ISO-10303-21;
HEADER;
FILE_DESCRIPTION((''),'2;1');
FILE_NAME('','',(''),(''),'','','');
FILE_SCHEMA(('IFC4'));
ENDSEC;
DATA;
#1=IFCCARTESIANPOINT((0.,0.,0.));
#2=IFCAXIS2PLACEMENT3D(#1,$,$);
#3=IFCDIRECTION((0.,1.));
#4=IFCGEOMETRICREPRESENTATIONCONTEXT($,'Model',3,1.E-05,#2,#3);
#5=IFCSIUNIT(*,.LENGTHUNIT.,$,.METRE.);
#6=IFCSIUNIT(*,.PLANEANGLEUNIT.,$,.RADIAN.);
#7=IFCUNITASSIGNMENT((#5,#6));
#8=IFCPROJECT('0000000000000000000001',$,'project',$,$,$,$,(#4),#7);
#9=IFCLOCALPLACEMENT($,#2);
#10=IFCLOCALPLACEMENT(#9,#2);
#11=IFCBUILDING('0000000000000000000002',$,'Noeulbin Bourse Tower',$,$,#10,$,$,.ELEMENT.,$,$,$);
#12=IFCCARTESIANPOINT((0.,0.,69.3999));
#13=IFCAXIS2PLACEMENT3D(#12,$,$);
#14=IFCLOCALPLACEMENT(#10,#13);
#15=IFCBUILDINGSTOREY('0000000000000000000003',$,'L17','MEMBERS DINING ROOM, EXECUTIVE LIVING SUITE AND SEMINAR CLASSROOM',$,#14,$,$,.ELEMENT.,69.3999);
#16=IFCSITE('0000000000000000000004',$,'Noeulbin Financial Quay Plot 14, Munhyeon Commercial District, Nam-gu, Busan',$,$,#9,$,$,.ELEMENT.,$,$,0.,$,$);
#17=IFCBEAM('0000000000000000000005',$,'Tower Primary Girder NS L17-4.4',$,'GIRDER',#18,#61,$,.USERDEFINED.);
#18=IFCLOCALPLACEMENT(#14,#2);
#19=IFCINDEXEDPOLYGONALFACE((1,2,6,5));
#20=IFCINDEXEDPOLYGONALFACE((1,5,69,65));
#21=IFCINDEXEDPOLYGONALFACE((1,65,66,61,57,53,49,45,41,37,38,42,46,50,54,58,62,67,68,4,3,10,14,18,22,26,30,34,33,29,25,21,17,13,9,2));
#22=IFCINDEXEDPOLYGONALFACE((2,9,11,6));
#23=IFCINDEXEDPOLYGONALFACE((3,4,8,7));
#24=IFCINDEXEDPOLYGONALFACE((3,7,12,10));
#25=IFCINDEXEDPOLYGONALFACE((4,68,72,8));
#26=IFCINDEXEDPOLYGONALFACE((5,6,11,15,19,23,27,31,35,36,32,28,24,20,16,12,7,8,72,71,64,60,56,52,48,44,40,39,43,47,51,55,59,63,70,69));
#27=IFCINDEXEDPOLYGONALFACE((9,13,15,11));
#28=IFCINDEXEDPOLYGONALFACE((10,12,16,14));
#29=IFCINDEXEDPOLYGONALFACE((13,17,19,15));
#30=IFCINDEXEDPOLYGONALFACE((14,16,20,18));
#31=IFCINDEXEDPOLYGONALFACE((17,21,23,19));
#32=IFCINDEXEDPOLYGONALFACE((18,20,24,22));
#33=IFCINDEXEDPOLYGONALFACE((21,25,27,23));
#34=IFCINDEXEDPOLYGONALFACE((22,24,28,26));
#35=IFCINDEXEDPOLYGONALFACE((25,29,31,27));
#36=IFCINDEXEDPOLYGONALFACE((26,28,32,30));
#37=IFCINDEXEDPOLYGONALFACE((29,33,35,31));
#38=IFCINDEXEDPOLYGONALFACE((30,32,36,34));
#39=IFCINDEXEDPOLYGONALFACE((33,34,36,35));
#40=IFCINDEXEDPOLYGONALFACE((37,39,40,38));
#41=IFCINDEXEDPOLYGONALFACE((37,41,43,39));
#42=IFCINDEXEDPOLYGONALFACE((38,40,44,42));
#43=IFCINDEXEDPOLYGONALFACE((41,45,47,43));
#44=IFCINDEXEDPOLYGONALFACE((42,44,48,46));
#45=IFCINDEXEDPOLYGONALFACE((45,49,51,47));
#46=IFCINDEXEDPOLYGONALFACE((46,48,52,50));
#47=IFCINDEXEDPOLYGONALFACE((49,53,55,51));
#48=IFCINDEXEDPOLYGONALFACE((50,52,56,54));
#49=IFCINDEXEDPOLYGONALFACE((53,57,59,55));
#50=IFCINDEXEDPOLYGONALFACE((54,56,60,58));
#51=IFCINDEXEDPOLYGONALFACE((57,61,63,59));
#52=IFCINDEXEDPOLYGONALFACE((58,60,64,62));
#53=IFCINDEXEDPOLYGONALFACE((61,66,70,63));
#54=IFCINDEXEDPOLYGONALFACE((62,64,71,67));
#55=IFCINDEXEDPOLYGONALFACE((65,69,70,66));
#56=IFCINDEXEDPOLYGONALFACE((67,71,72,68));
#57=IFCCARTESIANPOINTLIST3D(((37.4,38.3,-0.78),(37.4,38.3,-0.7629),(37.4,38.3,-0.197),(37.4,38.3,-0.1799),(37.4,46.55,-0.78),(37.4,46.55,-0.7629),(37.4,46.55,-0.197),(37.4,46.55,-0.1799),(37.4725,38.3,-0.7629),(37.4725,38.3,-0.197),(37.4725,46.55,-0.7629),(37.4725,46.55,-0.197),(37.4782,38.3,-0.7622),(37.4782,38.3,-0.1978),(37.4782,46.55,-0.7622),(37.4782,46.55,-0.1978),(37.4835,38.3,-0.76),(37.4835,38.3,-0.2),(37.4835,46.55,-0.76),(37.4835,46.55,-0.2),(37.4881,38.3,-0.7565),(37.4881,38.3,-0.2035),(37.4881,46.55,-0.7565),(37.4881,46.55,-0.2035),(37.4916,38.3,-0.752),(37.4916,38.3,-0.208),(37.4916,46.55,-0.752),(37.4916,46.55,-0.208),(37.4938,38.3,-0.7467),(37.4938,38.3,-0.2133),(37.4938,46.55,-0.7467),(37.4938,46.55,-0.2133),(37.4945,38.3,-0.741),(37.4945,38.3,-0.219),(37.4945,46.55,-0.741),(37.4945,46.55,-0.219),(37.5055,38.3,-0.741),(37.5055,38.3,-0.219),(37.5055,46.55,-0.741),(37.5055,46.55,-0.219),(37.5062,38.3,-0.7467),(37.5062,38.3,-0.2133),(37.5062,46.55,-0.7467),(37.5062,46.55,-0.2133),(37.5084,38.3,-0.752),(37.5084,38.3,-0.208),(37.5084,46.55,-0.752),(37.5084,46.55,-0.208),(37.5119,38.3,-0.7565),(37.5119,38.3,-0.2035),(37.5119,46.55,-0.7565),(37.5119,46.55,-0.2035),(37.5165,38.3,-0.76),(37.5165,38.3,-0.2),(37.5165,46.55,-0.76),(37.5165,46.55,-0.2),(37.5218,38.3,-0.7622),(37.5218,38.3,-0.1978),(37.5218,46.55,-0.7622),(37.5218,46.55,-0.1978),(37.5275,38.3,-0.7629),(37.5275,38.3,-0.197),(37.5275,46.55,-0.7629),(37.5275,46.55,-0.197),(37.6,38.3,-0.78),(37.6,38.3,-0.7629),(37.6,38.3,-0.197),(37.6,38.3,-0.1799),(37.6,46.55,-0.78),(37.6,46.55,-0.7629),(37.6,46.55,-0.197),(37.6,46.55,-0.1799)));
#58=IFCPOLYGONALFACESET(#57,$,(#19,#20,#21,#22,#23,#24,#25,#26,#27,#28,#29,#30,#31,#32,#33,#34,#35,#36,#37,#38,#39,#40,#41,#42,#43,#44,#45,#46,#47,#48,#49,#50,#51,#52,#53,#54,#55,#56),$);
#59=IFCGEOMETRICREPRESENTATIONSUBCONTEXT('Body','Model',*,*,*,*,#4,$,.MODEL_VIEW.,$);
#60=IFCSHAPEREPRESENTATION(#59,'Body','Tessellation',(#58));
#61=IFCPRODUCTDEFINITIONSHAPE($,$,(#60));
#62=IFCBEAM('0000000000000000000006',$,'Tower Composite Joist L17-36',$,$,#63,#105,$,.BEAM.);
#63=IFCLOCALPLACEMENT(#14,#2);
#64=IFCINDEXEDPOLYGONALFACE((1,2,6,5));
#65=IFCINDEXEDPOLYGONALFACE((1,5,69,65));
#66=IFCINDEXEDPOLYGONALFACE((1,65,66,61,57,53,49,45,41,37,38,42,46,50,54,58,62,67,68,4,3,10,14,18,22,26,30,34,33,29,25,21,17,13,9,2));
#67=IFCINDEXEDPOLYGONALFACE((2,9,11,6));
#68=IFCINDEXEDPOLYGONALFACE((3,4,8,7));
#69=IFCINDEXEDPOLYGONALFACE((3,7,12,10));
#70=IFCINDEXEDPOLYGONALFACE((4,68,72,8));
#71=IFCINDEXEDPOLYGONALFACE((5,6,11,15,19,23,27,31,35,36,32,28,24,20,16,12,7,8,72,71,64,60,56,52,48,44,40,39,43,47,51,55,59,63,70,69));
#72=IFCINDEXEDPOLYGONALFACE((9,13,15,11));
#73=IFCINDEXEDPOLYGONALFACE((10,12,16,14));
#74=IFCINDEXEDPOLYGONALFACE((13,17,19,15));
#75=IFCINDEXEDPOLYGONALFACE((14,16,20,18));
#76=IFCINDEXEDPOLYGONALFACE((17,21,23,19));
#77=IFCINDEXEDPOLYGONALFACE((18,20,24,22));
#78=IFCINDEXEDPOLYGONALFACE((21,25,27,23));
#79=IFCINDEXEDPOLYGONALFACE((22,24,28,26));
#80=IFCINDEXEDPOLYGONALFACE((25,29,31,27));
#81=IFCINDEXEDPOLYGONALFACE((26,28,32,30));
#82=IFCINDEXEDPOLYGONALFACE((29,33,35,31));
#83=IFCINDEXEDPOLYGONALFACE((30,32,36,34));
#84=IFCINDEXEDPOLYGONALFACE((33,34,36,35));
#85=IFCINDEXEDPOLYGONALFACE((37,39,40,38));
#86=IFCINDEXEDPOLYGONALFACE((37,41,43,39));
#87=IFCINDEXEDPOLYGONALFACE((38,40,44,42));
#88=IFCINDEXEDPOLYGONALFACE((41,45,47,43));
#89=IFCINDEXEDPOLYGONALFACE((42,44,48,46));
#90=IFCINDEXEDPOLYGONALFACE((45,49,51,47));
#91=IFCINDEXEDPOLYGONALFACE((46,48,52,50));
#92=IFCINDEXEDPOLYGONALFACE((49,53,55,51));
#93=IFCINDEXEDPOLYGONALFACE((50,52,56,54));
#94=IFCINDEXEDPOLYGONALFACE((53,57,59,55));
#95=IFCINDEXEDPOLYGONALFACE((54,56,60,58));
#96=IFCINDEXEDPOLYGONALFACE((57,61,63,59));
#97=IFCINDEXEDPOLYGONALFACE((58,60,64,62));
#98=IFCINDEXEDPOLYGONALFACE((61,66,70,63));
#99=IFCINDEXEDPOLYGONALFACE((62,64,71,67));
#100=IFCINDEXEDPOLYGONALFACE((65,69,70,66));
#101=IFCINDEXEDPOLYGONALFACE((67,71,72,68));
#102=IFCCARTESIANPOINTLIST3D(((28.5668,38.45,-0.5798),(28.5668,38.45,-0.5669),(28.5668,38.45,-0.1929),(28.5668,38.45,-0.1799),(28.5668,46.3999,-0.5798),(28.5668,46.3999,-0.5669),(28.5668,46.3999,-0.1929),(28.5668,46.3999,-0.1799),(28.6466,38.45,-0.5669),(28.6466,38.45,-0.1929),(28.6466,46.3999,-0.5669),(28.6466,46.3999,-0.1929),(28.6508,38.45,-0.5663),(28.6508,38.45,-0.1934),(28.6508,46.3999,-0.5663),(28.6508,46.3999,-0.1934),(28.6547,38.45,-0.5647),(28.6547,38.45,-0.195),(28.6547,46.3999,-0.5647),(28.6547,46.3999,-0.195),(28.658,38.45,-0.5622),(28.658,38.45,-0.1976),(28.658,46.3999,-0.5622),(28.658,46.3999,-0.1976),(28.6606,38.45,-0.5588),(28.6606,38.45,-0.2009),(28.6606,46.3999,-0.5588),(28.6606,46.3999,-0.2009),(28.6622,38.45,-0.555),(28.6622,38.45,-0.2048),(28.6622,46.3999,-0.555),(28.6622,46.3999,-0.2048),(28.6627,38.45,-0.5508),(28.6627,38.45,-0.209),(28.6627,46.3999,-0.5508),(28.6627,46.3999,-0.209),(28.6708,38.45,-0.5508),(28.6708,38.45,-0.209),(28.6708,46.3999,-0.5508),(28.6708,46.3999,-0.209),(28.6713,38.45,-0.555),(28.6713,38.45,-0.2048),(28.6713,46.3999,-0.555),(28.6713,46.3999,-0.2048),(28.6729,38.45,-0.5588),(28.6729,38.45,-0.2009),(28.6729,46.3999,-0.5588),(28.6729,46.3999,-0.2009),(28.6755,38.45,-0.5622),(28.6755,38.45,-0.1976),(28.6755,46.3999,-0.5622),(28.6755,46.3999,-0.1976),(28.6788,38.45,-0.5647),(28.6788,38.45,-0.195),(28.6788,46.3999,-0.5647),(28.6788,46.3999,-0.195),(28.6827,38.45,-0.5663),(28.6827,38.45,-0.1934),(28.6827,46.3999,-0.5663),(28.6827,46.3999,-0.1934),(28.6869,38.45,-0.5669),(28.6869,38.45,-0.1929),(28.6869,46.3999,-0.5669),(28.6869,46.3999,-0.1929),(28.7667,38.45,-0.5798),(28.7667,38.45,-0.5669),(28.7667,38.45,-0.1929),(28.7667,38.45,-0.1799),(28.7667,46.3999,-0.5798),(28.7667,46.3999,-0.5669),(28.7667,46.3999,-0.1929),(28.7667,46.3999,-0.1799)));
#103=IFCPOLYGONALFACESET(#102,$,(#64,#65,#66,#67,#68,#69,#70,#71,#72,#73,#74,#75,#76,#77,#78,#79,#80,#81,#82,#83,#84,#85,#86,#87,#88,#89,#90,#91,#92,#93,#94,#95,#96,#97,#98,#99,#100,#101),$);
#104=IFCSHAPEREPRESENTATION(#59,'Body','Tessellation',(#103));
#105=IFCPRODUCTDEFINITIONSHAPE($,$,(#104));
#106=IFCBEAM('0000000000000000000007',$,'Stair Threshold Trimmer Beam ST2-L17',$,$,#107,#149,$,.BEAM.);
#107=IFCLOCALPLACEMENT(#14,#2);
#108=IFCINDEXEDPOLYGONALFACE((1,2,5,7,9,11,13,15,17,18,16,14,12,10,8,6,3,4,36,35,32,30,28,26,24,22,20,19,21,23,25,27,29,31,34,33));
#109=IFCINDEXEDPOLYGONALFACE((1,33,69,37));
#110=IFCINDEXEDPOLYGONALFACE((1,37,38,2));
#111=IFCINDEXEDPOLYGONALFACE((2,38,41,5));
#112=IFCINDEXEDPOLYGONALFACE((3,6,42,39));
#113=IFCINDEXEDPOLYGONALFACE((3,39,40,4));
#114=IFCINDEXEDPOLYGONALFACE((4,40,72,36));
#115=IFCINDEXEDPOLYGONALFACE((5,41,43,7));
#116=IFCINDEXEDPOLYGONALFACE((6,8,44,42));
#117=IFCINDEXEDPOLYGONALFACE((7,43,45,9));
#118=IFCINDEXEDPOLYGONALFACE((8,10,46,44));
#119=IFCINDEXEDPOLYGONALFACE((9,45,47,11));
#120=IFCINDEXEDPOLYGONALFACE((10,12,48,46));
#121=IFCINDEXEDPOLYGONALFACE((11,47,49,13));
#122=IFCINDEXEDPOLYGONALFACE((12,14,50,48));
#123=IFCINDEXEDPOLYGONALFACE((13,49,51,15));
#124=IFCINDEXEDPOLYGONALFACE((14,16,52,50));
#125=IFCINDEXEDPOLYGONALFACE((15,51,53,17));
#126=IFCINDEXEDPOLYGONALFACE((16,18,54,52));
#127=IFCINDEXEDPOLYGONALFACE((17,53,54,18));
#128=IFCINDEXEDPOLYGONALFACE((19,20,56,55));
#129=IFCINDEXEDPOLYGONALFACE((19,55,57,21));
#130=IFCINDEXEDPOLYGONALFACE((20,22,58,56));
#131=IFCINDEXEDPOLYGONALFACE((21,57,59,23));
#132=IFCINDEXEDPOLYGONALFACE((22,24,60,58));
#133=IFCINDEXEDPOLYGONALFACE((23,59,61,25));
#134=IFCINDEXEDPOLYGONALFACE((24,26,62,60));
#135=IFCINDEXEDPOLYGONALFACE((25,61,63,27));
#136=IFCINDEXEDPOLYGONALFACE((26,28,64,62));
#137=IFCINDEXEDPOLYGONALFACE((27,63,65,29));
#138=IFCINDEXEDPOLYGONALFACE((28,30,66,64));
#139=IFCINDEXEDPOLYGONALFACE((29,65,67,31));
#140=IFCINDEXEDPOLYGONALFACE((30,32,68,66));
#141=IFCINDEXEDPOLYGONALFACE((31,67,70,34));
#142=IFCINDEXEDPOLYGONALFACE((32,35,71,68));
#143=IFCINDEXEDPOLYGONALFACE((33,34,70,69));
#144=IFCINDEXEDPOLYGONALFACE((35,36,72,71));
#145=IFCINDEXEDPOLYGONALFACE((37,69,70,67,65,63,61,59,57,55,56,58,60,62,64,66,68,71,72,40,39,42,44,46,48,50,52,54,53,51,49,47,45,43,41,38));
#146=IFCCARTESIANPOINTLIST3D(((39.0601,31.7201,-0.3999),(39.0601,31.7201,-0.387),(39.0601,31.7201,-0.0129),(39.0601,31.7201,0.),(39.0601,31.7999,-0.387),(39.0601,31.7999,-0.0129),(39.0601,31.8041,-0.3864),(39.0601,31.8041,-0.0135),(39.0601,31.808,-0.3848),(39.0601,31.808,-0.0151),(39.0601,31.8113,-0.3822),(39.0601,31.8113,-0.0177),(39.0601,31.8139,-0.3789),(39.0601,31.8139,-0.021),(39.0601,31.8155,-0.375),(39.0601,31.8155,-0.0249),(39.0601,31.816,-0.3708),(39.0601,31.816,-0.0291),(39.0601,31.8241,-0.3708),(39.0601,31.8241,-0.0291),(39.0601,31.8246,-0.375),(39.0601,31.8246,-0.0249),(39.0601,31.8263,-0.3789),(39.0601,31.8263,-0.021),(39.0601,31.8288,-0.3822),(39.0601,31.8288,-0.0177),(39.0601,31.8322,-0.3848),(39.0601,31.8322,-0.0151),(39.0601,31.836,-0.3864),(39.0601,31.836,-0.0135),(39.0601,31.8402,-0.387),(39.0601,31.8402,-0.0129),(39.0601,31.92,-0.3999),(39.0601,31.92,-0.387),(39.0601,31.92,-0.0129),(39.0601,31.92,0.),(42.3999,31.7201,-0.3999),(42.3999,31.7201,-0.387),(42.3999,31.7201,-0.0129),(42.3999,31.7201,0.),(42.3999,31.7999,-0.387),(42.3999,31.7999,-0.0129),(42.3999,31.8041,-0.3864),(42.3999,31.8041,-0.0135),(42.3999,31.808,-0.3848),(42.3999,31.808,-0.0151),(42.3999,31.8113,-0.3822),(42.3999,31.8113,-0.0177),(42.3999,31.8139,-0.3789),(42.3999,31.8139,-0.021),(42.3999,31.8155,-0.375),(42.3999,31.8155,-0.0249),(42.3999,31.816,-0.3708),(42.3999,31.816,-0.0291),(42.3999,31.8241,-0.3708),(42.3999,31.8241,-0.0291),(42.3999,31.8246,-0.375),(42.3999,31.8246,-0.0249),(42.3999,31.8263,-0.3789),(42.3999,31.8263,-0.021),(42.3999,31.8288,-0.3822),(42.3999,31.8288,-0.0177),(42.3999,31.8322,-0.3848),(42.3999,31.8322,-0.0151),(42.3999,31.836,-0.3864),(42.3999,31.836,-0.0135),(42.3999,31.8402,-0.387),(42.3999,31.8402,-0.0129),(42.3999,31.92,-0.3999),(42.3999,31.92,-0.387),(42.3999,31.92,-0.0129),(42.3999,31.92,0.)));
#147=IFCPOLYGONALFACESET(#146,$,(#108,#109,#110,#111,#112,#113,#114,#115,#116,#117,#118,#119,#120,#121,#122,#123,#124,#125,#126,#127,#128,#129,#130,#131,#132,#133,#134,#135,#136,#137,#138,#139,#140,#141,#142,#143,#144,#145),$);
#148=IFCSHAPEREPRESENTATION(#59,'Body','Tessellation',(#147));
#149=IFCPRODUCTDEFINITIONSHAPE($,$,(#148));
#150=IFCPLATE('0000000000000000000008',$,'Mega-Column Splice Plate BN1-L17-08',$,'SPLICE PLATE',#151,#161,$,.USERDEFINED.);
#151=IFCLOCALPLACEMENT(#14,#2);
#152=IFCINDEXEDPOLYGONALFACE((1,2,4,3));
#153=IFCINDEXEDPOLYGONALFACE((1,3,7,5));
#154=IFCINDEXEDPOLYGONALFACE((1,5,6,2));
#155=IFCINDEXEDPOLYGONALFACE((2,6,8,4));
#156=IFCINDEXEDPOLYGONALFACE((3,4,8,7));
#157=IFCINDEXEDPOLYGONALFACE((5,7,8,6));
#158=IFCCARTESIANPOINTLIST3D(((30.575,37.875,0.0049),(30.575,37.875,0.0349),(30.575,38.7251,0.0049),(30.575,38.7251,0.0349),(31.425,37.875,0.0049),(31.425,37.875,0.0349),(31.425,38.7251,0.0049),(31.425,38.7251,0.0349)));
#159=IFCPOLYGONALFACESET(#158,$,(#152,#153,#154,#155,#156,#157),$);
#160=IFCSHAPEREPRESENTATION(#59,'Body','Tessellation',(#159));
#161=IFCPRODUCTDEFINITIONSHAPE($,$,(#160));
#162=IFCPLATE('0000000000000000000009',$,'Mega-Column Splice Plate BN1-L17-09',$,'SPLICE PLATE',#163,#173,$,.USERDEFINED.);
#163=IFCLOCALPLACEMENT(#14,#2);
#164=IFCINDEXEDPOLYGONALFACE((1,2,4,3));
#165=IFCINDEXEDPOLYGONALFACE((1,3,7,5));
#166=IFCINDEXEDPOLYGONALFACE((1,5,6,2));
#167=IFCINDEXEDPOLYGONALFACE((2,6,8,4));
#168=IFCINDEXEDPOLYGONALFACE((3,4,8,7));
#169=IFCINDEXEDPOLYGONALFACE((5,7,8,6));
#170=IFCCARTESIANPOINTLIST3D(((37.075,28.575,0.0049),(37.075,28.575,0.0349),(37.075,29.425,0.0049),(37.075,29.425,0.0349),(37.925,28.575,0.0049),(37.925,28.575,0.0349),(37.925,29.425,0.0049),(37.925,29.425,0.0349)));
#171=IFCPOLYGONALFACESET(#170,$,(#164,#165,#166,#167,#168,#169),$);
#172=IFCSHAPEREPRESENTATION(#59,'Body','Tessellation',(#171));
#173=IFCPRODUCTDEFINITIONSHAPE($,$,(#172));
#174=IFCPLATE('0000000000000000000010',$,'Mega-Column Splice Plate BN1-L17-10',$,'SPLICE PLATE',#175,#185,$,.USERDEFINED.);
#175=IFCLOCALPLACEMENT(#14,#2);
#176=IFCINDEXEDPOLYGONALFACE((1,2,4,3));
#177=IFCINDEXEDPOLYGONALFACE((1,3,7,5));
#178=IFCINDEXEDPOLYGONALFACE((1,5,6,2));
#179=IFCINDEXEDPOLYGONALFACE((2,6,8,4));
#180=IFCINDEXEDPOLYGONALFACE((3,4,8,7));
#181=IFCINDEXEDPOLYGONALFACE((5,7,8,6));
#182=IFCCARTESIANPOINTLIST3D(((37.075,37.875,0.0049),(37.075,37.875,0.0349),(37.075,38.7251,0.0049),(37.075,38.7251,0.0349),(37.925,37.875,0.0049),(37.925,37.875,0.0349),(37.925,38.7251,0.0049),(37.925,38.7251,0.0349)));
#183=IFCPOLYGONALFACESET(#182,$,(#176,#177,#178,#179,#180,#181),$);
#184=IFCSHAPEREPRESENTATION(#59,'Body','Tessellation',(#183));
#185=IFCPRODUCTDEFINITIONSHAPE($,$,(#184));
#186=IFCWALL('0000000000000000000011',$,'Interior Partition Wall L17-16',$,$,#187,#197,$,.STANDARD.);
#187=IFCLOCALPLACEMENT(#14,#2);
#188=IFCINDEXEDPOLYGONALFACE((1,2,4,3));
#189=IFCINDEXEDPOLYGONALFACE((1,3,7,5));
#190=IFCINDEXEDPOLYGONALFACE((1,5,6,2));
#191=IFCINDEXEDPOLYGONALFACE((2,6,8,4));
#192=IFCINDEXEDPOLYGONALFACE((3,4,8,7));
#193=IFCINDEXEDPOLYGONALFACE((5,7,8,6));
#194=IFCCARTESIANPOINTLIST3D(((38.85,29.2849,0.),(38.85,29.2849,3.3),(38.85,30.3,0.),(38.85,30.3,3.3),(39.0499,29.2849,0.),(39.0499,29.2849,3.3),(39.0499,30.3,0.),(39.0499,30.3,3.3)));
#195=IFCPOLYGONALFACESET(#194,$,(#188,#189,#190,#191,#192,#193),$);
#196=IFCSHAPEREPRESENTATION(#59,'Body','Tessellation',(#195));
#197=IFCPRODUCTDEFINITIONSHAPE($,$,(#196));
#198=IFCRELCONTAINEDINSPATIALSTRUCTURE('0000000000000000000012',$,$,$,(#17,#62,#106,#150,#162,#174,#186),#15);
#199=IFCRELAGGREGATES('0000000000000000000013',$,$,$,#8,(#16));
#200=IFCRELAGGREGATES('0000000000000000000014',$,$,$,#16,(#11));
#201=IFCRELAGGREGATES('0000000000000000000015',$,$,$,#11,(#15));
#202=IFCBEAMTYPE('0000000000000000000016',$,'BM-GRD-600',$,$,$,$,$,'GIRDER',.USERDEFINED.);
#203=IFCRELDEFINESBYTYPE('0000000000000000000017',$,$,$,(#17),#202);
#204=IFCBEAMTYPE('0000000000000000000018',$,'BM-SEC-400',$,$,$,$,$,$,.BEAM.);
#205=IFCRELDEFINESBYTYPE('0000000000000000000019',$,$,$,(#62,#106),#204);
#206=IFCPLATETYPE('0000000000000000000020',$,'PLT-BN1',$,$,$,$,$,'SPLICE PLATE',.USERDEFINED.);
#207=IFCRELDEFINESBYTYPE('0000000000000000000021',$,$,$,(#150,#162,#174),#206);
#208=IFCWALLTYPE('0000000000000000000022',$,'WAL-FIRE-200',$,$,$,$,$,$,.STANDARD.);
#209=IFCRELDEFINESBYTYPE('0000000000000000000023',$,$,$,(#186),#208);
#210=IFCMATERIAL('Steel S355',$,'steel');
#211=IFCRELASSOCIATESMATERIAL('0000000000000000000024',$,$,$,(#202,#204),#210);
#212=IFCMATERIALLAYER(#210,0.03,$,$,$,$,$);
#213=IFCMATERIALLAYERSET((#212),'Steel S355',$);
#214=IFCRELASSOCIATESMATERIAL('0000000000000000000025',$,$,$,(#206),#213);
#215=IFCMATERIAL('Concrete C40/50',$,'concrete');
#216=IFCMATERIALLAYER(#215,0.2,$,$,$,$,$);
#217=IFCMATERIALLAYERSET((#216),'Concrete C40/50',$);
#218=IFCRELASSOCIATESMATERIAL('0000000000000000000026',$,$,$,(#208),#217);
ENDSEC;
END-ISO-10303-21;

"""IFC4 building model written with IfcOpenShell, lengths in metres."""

from ifc_helpers import new_model, si_unit, direction, frame, frame_2d, origin, origin_2d, place, context, subcontext, project, spatial, rectangle, i_section, extrude, material, layer, layer_set, material_profile, profile_set, type_object, element, save


model = new_model("IFC4")

# Units and contexts
model_context = context("Model", 3, precision=1e-05, world=origin(), true_north=direction((0.0, 1.0)))
body_context = subcontext(model_context, "Body", "Model", "MODEL_VIEW")
ifc_project = project(units=[si_unit("LENGTHUNIT", "METRE"), si_unit("PLANEANGLEUNIT", "RADIAN")], contexts=[model_context])

# Site, building, storey
site_placement = place(None, origin())
site = spatial("IfcSite", under=ifc_project, at=site_placement, Name="Noeulbin Financial Quay Plot 14, Munhyeon Commercial District, Nam-gu, Busan", CompositionType="ELEMENT", RefElevation=0.0)
building_placement = place(site_placement, origin())
building = spatial("IfcBuilding", under=site, at=building_placement, Name="Noeulbin Bourse Tower", CompositionType="ELEMENT")
storey_placement = place(building_placement, frame((0.0, 0.0, 69.3999)))
storey = spatial("IfcBuildingStorey", under=building, at=storey_placement, Name="L17", Description="MEMBERS DINING ROOM, EXECUTIVE LIVING SUITE AND SEMINAR CLASSROOM", CompositionType="ELEMENT", Elevation=69.3999)

# Beams
ifc_material_1 = material(Name="Steel S355", Category="steel")
ifc_material_profile_1 = material_profile(ifc_material_1, i_section(OverallWidth=0.2, OverallDepth=0.6001, WebThickness=0.011, FlangeThickness=0.0171, FilletRadius=0.022, at=origin_2d()), Name="H-600x200x11x17", Category="LoadBearing")
ifc_profile_set_1 = profile_set([ifc_material_profile_1], Name="Steel S355")
beam_type_1 = type_object("IfcBeamType", Name="BM-GRD-600", ElementType="GIRDER", PredefinedType="USERDEFINED", material=ifc_profile_set_1)
for number, where, z_axis, x_axis, name in (
    (1, (37.5, 38.3, -0.48), (0.0, 1.0, 0.0), (-1.0, 0.0, 0.0), "Tower Primary Girder NS L17-4.4"),
):
    element("IfcBeam", number, at=place(storey_placement, frame(where, z_axis=z_axis, x_axis=x_axis)), inside=storey, type_object=beam_type_1, Name=name, ObjectType="GIRDER", PredefinedType="USERDEFINED", context=body_context, shape_type="SweptSolid", body=[
        extrude(i_section(OverallWidth=0.2, OverallDepth=0.6001, WebThickness=0.011, FlangeThickness=0.0171, FilletRadius=0.022, at=origin_2d()), origin(), (0.0, 0.0, 1.0), 8.25),
    ])
ifc_material_profile_2 = material_profile(ifc_material_1, i_section(OverallWidth=0.2, OverallDepth=0.3999, WebThickness=0.0081, FlangeThickness=0.0129, FilletRadius=0.0161, at=origin_2d()), Name="H-400x200x8x13", Category="LoadBearing")
ifc_profile_set_2 = profile_set([ifc_material_profile_2], Name="Steel S355")
beam_type_2 = type_object("IfcBeamType", Name="BM-SEC-400", PredefinedType="BEAM", material=ifc_profile_set_2)
beam_1_placement = place(storey_placement, frame((28.6667, 38.45, -0.3799), z_axis=(0.0, 1.0, 0.0), x_axis=(-1.0, 0.0, 0.0)))
element("IfcBeam", 2, at=beam_1_placement, inside=storey, type_object=beam_type_2, Name="Tower Composite Joist L17-36", PredefinedType="BEAM", context=body_context, shape_type="SweptSolid", body=[
    extrude(i_section(OverallWidth=0.2, OverallDepth=0.3999, WebThickness=0.0081, FlangeThickness=0.0129, FilletRadius=0.0161, at=origin_2d()), origin(), (0.0, 0.0, 1.0), 7.95),
])
beam_2_placement = place(storey_placement, frame((39.0601, 31.8201, -0.2), z_axis=(1.0, 0.0, 0.0), x_axis=(0.0, 1.0, 0.0)))
element("IfcBeam", 3, at=beam_2_placement, inside=storey, type_object=beam_type_2, Name="Stair Threshold Trimmer Beam ST2-L17", PredefinedType="BEAM", context=body_context, shape_type="SweptSolid", body=[
    extrude(i_section(OverallWidth=0.2, OverallDepth=0.3999, WebThickness=0.0081, FlangeThickness=0.0129, FilletRadius=0.0161, at=origin_2d()), origin(), (0.0, 0.0, 1.0), 3.3398),
])

# Plates
ifc_layer_1 = layer(ifc_material_1, 0.03)
ifc_layer_set_1 = layer_set([ifc_layer_1], Name="Steel S355")
plate_type = type_object("IfcPlateType", Name="PLT-BN1", ElementType="SPLICE PLATE", PredefinedType="USERDEFINED", material=ifc_layer_set_1)
for number, where, z_axis, x_axis, name in (
    (4, (31.0, 38.3, 0.0049), (0.0, 0.0, 1.0), (1.0, 0.0, 0.0), "Mega-Column Splice Plate BN1-L17-08"),
    (5, (37.5, 29.0, 0.0049), (0.0, 0.0, 1.0), (1.0, 0.0, 0.0), "Mega-Column Splice Plate BN1-L17-09"),
    (6, (37.5, 38.3, 0.0049), (0.0, 0.0, 1.0), (1.0, 0.0, 0.0), "Mega-Column Splice Plate BN1-L17-10"),
):
    element("IfcPlate", number, at=place(storey_placement, frame(where, z_axis=z_axis, x_axis=x_axis)), inside=storey, type_object=plate_type, Name=name, ObjectType="SPLICE PLATE", PredefinedType="USERDEFINED", context=body_context, shape_type="SweptSolid", body=[
        extrude(rectangle(XDim=0.8501, YDim=0.8501, at=origin_2d()), origin(), (0.0, 0.0, 1.0), 0.03),
    ])

# Wall
ifc_material_2 = material(Name="Concrete C40/50", Category="concrete")
ifc_layer_2 = layer(ifc_material_2, 0.2)
ifc_layer_set_2 = layer_set([ifc_layer_2], Name="Concrete C40/50")
wall_type_1 = type_object("IfcWallType", Name="WAL-FIRE-200", PredefinedType="STANDARD", material=ifc_layer_set_2)
wall_1_placement = place(storey_placement, frame((38.95, 29.2849, 0.0), z_axis=(0.0, 0.0, 1.0), x_axis=(0.0, 1.0, 0.0)))
element("IfcWall", 7, at=wall_1_placement, inside=storey, type_object=wall_type_1, Name="Interior Partition Wall L17-16", PredefinedType="STANDARD", context=body_context, shape_type="SweptSolid", body=[
    extrude(rectangle(XDim=1.0151, YDim=0.2, at=frame_2d((0.5076, 0.0))), origin(), (0.0, 0.0, 1.0), 3.3),
])

save(model, "model.ifc")
